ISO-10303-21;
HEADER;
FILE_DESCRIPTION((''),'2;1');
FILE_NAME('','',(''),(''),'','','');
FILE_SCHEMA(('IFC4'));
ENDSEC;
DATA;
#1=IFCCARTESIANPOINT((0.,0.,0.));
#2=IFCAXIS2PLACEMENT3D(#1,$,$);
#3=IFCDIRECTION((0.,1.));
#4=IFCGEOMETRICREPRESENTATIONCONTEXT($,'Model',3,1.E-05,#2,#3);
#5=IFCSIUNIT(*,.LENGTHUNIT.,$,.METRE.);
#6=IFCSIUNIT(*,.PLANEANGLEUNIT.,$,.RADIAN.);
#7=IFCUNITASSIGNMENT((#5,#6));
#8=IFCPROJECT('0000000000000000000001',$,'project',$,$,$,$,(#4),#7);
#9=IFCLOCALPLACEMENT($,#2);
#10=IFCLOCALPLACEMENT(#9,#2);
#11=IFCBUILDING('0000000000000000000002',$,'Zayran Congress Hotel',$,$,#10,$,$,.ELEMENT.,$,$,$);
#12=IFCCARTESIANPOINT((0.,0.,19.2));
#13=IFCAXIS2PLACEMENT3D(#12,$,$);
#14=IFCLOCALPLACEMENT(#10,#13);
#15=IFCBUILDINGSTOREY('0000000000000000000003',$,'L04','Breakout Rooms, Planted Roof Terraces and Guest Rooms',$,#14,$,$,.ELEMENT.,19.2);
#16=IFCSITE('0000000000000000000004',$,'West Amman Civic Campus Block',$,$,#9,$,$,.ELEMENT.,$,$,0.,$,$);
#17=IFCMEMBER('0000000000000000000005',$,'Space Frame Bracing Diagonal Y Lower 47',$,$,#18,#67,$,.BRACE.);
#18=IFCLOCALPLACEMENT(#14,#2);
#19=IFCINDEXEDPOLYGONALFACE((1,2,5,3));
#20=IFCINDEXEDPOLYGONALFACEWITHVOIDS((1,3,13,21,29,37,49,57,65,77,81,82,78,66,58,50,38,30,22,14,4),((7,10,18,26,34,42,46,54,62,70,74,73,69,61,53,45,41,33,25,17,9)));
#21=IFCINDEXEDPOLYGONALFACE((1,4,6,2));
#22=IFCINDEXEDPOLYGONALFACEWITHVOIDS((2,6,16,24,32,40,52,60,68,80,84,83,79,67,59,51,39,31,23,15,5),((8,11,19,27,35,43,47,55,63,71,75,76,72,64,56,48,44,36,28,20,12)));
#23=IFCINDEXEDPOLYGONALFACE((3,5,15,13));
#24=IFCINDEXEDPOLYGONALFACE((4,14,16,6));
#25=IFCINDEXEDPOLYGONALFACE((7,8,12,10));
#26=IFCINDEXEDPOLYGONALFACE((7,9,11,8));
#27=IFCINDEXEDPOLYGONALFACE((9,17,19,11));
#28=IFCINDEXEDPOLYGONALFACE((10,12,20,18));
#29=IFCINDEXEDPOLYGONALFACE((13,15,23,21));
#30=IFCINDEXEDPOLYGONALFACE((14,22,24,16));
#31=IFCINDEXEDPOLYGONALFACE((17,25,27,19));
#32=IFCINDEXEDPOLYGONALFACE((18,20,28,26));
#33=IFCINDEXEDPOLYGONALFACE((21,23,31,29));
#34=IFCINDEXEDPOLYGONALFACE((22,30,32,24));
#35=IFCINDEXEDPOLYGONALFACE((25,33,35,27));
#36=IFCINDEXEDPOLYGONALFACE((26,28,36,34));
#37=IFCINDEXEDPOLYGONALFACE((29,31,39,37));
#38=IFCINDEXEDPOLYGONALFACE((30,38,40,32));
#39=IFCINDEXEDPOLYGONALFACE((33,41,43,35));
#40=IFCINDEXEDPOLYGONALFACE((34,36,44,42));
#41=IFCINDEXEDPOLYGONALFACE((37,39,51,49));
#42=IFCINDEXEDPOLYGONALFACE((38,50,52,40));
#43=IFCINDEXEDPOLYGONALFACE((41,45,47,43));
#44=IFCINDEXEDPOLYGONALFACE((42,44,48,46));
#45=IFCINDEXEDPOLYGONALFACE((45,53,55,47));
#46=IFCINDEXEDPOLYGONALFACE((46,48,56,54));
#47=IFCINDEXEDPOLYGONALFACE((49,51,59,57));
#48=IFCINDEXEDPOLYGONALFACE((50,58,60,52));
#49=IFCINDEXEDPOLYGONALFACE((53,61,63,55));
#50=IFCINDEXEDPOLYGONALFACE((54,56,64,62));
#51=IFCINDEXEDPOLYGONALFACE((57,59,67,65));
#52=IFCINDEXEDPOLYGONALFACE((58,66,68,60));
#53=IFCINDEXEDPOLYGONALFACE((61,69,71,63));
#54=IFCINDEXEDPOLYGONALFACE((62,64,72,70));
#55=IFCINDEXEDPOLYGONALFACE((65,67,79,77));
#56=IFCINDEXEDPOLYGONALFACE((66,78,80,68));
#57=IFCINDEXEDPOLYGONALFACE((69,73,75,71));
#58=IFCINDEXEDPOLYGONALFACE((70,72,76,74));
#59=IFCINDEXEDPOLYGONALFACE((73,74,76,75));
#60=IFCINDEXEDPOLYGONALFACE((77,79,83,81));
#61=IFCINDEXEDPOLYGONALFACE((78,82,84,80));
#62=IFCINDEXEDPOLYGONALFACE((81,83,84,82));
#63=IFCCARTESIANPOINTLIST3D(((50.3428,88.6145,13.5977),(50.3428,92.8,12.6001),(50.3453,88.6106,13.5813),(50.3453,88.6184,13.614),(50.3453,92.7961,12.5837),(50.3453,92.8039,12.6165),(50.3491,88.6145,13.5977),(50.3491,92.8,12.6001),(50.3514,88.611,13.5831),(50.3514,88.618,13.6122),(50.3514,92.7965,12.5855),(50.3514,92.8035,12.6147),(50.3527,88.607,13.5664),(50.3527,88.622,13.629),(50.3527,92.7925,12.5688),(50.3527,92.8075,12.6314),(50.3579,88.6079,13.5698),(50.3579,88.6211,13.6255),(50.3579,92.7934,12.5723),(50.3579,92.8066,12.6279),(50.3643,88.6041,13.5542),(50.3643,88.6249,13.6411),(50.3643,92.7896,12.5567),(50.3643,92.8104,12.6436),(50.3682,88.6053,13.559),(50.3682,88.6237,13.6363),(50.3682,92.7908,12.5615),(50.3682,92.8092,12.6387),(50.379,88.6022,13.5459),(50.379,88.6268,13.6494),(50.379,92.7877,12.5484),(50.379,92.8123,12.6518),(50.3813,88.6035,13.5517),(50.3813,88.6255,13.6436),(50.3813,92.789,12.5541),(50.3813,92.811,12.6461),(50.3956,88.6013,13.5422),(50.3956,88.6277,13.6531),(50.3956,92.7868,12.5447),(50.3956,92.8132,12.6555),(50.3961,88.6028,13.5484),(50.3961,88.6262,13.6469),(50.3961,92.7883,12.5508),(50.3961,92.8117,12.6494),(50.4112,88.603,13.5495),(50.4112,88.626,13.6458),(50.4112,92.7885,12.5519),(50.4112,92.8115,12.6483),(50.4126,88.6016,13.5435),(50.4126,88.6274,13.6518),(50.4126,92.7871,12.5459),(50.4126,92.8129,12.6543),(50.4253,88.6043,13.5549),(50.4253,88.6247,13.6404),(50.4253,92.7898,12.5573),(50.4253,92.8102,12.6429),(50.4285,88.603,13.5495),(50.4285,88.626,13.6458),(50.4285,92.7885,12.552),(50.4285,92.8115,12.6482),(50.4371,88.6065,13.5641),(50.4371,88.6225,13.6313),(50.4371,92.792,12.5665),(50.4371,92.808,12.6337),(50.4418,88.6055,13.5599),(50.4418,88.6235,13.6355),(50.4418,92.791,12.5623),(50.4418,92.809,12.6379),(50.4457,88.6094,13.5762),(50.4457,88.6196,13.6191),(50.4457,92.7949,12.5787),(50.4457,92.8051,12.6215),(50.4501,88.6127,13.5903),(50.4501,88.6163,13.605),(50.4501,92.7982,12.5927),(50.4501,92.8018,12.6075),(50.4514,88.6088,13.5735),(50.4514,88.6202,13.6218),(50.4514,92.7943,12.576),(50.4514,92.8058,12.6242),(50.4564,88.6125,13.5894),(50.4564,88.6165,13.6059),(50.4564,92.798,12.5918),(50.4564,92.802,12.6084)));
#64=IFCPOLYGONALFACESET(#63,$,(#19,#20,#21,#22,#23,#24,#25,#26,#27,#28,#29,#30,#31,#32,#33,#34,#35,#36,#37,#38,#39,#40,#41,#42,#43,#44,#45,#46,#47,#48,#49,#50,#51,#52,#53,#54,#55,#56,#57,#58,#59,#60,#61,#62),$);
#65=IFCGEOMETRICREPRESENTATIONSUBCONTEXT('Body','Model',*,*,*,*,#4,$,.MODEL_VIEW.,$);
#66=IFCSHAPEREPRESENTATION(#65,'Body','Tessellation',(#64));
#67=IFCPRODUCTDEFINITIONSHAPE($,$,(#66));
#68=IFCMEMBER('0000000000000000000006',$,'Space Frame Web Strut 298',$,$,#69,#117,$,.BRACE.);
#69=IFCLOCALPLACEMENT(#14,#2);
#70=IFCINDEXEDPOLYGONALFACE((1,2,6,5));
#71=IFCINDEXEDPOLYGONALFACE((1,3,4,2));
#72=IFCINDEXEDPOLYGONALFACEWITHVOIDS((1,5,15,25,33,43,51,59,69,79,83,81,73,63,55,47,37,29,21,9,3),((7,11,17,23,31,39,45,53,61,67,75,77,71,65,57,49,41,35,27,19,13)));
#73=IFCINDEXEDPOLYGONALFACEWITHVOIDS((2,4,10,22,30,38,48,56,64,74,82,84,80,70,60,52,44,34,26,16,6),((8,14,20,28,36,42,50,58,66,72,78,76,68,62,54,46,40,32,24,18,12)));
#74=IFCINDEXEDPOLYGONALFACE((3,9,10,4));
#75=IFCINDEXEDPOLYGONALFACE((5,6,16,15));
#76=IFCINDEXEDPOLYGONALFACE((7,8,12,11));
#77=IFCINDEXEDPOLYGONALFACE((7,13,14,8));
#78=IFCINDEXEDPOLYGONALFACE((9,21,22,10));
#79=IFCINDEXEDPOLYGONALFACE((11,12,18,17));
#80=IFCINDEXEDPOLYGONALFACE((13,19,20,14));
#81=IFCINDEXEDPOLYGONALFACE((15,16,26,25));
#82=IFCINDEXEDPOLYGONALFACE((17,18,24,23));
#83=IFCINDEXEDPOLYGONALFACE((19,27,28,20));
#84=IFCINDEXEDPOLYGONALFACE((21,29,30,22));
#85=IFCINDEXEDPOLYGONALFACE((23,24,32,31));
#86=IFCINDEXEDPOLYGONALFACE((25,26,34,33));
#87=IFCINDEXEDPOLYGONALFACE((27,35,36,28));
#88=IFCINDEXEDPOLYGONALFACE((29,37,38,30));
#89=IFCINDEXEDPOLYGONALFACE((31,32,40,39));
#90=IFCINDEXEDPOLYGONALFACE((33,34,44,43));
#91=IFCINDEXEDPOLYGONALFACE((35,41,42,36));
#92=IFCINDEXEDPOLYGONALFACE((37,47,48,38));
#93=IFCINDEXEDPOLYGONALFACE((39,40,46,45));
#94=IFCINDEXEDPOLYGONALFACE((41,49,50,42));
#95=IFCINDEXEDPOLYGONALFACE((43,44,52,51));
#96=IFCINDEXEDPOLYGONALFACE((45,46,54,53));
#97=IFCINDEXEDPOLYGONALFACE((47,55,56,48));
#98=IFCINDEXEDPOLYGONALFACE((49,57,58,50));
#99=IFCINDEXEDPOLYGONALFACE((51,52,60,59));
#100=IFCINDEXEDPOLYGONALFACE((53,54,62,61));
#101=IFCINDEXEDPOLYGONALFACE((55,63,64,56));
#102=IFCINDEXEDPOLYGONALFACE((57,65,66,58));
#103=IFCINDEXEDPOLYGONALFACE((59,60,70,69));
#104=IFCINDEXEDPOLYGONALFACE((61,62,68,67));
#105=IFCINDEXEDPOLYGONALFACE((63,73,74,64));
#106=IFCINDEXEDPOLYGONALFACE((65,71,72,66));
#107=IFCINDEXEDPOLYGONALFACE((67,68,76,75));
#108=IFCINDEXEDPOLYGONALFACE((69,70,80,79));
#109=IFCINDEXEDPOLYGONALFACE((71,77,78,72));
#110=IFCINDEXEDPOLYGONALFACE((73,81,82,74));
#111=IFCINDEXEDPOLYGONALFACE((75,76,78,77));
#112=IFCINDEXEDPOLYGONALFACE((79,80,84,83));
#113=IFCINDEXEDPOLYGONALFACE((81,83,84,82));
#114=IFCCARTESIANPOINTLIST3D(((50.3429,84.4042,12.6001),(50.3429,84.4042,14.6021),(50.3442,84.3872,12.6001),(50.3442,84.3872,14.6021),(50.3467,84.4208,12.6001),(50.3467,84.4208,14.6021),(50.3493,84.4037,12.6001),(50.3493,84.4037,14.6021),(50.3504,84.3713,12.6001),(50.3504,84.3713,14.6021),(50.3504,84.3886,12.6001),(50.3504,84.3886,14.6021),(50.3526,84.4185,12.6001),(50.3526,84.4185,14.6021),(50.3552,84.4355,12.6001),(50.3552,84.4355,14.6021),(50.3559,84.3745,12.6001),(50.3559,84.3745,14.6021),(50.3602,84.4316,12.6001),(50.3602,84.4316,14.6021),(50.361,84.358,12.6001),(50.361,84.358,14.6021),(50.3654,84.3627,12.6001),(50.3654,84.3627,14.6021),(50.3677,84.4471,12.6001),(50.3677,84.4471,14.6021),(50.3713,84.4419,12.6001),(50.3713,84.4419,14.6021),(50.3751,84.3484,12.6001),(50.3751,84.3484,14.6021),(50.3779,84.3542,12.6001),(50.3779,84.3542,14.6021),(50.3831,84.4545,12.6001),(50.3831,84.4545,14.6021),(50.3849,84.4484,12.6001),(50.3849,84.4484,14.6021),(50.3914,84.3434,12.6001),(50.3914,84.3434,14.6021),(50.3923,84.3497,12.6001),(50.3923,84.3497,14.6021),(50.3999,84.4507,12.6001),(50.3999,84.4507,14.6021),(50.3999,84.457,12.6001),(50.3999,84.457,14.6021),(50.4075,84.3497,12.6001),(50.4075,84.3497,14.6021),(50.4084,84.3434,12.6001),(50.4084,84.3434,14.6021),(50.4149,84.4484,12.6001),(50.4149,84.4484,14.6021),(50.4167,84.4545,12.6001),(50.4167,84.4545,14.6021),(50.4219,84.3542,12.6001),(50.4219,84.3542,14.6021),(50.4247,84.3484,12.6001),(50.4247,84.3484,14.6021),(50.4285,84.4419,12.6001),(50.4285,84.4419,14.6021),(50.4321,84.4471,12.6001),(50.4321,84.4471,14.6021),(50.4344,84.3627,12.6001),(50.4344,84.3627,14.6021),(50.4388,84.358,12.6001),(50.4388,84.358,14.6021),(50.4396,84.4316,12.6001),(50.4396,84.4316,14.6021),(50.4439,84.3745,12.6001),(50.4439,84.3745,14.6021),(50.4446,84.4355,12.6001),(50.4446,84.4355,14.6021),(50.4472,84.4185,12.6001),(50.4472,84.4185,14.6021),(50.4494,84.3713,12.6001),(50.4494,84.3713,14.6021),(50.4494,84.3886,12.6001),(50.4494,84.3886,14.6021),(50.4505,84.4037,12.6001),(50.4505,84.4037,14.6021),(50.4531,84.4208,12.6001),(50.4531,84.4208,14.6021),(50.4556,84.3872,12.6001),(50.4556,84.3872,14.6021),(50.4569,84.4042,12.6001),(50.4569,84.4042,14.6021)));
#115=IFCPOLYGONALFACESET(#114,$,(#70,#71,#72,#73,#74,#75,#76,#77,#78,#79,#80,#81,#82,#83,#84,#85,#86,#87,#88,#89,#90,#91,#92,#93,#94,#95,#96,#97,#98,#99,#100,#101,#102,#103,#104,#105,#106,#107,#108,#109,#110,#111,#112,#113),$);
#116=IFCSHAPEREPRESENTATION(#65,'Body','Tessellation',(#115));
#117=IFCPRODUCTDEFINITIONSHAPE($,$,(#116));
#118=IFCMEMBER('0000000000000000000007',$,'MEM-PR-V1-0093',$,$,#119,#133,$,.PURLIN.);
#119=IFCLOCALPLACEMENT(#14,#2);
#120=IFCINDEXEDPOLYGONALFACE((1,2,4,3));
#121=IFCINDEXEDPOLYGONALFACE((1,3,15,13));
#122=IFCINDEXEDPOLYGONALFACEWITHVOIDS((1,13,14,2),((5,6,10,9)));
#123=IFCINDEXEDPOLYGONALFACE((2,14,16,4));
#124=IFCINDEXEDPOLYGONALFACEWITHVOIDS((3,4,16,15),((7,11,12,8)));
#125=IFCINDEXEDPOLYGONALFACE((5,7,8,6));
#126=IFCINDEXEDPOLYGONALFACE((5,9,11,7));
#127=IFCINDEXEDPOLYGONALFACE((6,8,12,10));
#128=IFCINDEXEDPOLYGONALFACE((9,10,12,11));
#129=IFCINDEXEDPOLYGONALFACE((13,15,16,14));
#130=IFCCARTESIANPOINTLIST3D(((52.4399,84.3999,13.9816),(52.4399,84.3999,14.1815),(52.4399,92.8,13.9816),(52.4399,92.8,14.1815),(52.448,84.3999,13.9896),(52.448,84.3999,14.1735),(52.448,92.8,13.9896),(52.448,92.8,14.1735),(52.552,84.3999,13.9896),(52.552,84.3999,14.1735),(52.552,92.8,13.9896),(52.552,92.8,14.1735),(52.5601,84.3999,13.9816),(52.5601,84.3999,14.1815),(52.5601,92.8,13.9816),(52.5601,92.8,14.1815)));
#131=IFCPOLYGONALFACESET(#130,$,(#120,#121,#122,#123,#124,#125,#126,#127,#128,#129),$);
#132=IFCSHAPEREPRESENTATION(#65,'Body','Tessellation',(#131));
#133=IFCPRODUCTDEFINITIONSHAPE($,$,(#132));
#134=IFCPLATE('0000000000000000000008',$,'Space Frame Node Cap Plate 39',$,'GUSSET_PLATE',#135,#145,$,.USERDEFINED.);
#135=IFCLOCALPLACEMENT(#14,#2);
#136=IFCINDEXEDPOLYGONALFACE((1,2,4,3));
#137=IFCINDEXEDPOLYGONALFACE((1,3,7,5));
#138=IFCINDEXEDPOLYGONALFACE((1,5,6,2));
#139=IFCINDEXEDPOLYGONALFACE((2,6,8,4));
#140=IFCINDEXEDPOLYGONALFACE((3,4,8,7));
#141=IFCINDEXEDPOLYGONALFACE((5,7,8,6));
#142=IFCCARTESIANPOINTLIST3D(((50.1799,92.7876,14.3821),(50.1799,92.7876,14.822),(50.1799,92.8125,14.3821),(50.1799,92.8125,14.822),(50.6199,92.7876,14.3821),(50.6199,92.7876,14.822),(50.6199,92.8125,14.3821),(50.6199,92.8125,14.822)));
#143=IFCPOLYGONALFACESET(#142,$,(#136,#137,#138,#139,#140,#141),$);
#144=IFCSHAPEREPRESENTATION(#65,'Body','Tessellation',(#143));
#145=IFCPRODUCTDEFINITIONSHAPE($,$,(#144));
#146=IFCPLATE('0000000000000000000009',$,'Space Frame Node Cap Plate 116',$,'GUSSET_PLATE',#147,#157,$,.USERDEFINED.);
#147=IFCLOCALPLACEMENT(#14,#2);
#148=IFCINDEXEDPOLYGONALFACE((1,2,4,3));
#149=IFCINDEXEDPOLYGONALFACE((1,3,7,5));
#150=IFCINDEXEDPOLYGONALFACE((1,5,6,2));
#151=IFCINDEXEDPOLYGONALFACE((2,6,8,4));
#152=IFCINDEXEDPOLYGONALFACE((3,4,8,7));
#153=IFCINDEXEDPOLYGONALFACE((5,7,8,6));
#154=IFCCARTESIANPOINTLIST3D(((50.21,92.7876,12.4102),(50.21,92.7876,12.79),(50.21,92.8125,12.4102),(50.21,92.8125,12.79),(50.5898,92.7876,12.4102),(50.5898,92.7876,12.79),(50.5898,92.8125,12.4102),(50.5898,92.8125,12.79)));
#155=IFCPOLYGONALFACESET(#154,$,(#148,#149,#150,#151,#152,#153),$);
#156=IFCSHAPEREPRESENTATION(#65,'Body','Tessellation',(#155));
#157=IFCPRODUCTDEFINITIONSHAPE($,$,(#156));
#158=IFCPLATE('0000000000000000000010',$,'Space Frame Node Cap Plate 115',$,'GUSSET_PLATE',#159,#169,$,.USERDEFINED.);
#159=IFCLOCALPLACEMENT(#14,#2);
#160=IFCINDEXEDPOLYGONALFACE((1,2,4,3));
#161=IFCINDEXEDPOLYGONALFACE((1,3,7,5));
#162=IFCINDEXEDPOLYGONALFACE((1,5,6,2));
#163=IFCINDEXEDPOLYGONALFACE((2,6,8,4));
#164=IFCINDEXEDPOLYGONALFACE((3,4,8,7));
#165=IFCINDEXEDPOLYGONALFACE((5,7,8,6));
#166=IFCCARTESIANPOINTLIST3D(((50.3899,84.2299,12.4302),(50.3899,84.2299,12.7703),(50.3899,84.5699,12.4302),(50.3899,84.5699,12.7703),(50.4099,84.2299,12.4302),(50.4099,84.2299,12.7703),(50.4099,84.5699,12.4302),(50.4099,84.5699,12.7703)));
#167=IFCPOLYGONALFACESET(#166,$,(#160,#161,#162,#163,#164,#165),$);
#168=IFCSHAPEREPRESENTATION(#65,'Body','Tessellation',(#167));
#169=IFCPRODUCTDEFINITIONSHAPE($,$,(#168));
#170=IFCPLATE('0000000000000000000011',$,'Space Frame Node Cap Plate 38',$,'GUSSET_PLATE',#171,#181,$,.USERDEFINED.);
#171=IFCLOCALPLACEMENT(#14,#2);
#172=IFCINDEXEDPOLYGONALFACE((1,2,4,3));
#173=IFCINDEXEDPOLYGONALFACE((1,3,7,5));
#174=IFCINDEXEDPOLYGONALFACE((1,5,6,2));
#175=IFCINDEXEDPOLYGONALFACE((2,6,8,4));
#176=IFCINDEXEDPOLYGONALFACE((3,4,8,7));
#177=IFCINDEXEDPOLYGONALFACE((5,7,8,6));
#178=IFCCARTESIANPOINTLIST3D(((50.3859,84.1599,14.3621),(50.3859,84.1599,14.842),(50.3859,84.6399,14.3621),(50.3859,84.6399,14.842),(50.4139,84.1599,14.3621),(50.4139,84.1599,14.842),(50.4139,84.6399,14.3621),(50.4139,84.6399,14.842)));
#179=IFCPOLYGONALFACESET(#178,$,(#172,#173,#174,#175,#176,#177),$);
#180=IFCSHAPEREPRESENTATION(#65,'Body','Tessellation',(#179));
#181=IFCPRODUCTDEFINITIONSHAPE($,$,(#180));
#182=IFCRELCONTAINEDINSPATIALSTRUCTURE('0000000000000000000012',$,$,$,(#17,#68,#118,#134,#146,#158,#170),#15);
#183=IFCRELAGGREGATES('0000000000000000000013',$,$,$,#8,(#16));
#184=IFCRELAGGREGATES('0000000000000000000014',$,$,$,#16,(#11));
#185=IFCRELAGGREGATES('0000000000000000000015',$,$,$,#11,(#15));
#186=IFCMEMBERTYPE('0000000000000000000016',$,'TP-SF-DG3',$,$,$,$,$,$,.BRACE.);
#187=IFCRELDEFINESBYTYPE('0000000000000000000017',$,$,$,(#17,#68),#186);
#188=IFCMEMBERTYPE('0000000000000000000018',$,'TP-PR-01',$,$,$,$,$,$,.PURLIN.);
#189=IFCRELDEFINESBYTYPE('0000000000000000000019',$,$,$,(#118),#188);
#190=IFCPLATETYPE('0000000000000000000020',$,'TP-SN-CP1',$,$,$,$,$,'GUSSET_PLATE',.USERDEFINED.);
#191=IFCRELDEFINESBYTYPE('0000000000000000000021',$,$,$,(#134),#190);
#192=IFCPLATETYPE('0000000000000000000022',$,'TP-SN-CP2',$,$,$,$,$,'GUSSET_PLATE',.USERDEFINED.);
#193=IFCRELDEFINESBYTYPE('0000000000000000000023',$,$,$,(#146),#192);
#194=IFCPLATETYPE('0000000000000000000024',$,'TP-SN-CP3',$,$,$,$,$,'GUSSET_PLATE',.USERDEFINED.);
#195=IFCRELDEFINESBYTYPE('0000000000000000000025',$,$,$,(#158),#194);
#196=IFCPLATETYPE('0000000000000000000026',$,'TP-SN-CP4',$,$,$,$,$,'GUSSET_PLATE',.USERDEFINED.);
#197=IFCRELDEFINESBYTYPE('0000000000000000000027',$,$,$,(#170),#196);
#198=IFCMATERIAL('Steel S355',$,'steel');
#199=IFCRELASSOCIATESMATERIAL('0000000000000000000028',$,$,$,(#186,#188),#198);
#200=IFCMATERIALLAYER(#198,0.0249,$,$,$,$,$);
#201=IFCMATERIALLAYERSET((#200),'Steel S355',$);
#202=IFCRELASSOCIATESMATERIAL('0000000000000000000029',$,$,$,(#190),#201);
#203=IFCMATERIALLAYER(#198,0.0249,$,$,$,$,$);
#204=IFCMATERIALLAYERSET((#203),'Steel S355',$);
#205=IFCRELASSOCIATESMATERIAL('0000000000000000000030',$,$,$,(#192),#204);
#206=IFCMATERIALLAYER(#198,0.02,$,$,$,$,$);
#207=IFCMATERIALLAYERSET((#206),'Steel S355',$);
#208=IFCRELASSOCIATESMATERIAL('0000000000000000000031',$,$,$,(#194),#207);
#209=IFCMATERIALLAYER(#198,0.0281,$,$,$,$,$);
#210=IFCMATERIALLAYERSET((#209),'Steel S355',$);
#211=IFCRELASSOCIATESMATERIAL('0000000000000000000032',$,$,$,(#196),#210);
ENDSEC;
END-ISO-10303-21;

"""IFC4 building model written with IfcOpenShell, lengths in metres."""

from ifc_helpers import new_model, si_unit, direction, frame, origin, origin_2d, place, context, subcontext, project, spatial, rectangle, hollow_rectangle, hollow_circle, extrude, material, layer, layer_set, material_profile, profile_set, type_object, element, save


model = new_model("IFC4")

# Units and contexts
model_context = context("Model", 3, precision=1e-05, world=origin(), true_north=direction((0.0, 1.0)))
body_context = subcontext(model_context, "Body", "Model", "MODEL_VIEW")
ifc_project = project(units=[si_unit("LENGTHUNIT", "METRE"), si_unit("PLANEANGLEUNIT", "RADIAN")], contexts=[model_context])

# Site, building, storey
site_placement = place(None, origin())
site = spatial("IfcSite", under=ifc_project, at=site_placement, Name="West Amman Civic Campus Block", CompositionType="ELEMENT", RefElevation=0.0)
building_placement = place(site_placement, origin())
building = spatial("IfcBuilding", under=site, at=building_placement, Name="Zayran Congress Hotel", CompositionType="ELEMENT")
storey_placement = place(building_placement, frame((0.0, 0.0, 19.2)))
storey = spatial("IfcBuildingStorey", under=building, at=storey_placement, Name="L04", Description="Breakout Rooms, Planted Roof Terraces and Guest Rooms", CompositionType="ELEMENT", Elevation=19.2)

# Members
ifc_material_1 = material(Name="Steel S355", Category="steel")
ifc_material_profile_1 = material_profile(ifc_material_1, hollow_circle(Radius=0.0571, WallThickness=0.0063, at=origin_2d()), Name="CHS 114.3x6.3")
ifc_profile_set_1 = profile_set([ifc_material_profile_1], Name="Steel S355")
member_type_1 = type_object("IfcMemberType", Name="TP-SF-DG3", PredefinedType="BRACE", material=ifc_profile_set_1)
for number, where, z_axis, x_axis, name in (
    (1, (50.3999, 88.6145, 13.5977), (0.0, 0.972754, -0.23184), (-1.0, 0.0, 0.0), "Space Frame Bracing Diagonal Y Lower 47"),
):
    element("IfcMember", number, at=place(storey_placement, frame(where, z_axis=z_axis, x_axis=x_axis)), inside=storey, type_object=member_type_1, Name=name, PredefinedType="BRACE", context=body_context, shape_type="SweptSolid", body=[
        extrude(hollow_circle(Radius=0.0571, WallThickness=0.0063, at=origin_2d()), origin(), (0.0, 0.0, 1.0), 4.3027),
    ])
member_1_placement = place(storey_placement, frame((50.3999, 84.3999, 12.6001), z_axis=(0.0, 0.0, 1.0), x_axis=(0.0, 1.0, 0.0)))
element("IfcMember", 2, at=member_1_placement, inside=storey, type_object=member_type_1, Name="Space Frame Web Strut 298", PredefinedType="BRACE", context=body_context, shape_type="SweptSolid", body=[
    extrude(hollow_circle(Radius=0.0571, WallThickness=0.0063, at=origin_2d()), origin(), (0.0, 0.0, 1.0), 2.002),
])
ifc_material_profile_2 = material_profile(ifc_material_1, hollow_rectangle(XDim=0.1201, YDim=0.2, WallThickness=0.0081, at=origin_2d()), Name="RHS 200x120x8")
ifc_profile_set_2 = profile_set([ifc_material_profile_2], Name="Steel S355")
member_type_2 = type_object("IfcMemberType", Name="TP-PR-01", PredefinedType="PURLIN", material=ifc_profile_set_2)
member_2_placement = place(storey_placement, frame((52.5, 84.3999, 14.0815), z_axis=(0.0, 1.0, 0.0), x_axis=(-1.0, 0.0, 0.0)))
element("IfcMember", 3, at=member_2_placement, inside=storey, type_object=member_type_2, Name="MEM-PR-V1-0093", PredefinedType="PURLIN", context=body_context, shape_type="SweptSolid", body=[
    extrude(hollow_rectangle(XDim=0.1201, YDim=0.2, WallThickness=0.0081, at=origin_2d()), origin(), (0.0, 0.0, 1.0), 8.4001),
])

# Plates
ifc_layer_1 = layer(ifc_material_1, 0.0249)
ifc_layer_set_1 = layer_set([ifc_layer_1], Name="Steel S355")
plate_type_1 = type_object("IfcPlateType", Name="TP-SN-CP1", ElementType="GUSSET_PLATE", PredefinedType="USERDEFINED", material=ifc_layer_set_1)
plate_1_placement = place(storey_placement, frame((50.3999, 92.8, 14.3821), z_axis=(0.0, 0.0, 1.0), x_axis=(1.0, 0.0, 0.0)))
element("IfcPlate", 4, at=plate_1_placement, inside=storey, type_object=plate_type_1, Name="Space Frame Node Cap Plate 39", ObjectType="GUSSET_PLATE", PredefinedType="USERDEFINED", context=body_context, shape_type="SweptSolid", body=[
    extrude(rectangle(XDim=0.4399, YDim=0.0249, at=origin_2d()), origin(), (0.0, 0.0, 1.0), 0.4399),
])
ifc_layer_2 = layer(ifc_material_1, 0.0249)
ifc_layer_set_2 = layer_set([ifc_layer_2], Name="Steel S355")
plate_type_2 = type_object("IfcPlateType", Name="TP-SN-CP2", ElementType="GUSSET_PLATE", PredefinedType="USERDEFINED", material=ifc_layer_set_2)
plate_2_placement = place(storey_placement, frame((50.3999, 92.8, 12.4102), z_axis=(0.0, 0.0, 1.0), x_axis=(1.0, 0.0, 0.0)))
element("IfcPlate", 5, at=plate_2_placement, inside=storey, type_object=plate_type_2, Name="Space Frame Node Cap Plate 116", ObjectType="GUSSET_PLATE", PredefinedType="USERDEFINED", context=body_context, shape_type="SweptSolid", body=[
    extrude(rectangle(XDim=0.3799, YDim=0.0249, at=origin_2d()), origin(), (0.0, 0.0, 1.0), 0.3799),
])
ifc_layer_3 = layer(ifc_material_1, 0.02)
ifc_layer_set_3 = layer_set([ifc_layer_3], Name="Steel S355")
plate_type_3 = type_object("IfcPlateType", Name="TP-SN-CP3", ElementType="GUSSET_PLATE", PredefinedType="USERDEFINED", material=ifc_layer_set_3)
plate_3_placement = place(storey_placement, frame((50.3999, 84.3999, 12.4302), z_axis=(0.0, 0.0, 1.0), x_axis=(0.0, 1.0, 0.0)))
element("IfcPlate", 6, at=plate_3_placement, inside=storey, type_object=plate_type_3, Name="Space Frame Node Cap Plate 115", ObjectType="GUSSET_PLATE", PredefinedType="USERDEFINED", context=body_context, shape_type="SweptSolid", body=[
    extrude(rectangle(XDim=0.3401, YDim=0.02, at=origin_2d()), origin(), (0.0, 0.0, 1.0), 0.3401),
])
ifc_layer_4 = layer(ifc_material_1, 0.0281)
ifc_layer_set_4 = layer_set([ifc_layer_4], Name="Steel S355")
plate_type_4 = type_object("IfcPlateType", Name="TP-SN-CP4", ElementType="GUSSET_PLATE", PredefinedType="USERDEFINED", material=ifc_layer_set_4)
plate_4_placement = place(storey_placement, frame((50.3999, 84.3999, 14.3621), z_axis=(0.0, 0.0, 1.0), x_axis=(0.0, 1.0, 0.0)))
element("IfcPlate", 7, at=plate_4_placement, inside=storey, type_object=plate_type_4, Name="Space Frame Node Cap Plate 38", ObjectType="GUSSET_PLATE", PredefinedType="USERDEFINED", context=body_context, shape_type="SweptSolid", body=[
    extrude(rectangle(XDim=0.48, YDim=0.0281, at=origin_2d()), origin(), (0.0, 0.0, 1.0), 0.48),
])

save(model, "model.ifc")
